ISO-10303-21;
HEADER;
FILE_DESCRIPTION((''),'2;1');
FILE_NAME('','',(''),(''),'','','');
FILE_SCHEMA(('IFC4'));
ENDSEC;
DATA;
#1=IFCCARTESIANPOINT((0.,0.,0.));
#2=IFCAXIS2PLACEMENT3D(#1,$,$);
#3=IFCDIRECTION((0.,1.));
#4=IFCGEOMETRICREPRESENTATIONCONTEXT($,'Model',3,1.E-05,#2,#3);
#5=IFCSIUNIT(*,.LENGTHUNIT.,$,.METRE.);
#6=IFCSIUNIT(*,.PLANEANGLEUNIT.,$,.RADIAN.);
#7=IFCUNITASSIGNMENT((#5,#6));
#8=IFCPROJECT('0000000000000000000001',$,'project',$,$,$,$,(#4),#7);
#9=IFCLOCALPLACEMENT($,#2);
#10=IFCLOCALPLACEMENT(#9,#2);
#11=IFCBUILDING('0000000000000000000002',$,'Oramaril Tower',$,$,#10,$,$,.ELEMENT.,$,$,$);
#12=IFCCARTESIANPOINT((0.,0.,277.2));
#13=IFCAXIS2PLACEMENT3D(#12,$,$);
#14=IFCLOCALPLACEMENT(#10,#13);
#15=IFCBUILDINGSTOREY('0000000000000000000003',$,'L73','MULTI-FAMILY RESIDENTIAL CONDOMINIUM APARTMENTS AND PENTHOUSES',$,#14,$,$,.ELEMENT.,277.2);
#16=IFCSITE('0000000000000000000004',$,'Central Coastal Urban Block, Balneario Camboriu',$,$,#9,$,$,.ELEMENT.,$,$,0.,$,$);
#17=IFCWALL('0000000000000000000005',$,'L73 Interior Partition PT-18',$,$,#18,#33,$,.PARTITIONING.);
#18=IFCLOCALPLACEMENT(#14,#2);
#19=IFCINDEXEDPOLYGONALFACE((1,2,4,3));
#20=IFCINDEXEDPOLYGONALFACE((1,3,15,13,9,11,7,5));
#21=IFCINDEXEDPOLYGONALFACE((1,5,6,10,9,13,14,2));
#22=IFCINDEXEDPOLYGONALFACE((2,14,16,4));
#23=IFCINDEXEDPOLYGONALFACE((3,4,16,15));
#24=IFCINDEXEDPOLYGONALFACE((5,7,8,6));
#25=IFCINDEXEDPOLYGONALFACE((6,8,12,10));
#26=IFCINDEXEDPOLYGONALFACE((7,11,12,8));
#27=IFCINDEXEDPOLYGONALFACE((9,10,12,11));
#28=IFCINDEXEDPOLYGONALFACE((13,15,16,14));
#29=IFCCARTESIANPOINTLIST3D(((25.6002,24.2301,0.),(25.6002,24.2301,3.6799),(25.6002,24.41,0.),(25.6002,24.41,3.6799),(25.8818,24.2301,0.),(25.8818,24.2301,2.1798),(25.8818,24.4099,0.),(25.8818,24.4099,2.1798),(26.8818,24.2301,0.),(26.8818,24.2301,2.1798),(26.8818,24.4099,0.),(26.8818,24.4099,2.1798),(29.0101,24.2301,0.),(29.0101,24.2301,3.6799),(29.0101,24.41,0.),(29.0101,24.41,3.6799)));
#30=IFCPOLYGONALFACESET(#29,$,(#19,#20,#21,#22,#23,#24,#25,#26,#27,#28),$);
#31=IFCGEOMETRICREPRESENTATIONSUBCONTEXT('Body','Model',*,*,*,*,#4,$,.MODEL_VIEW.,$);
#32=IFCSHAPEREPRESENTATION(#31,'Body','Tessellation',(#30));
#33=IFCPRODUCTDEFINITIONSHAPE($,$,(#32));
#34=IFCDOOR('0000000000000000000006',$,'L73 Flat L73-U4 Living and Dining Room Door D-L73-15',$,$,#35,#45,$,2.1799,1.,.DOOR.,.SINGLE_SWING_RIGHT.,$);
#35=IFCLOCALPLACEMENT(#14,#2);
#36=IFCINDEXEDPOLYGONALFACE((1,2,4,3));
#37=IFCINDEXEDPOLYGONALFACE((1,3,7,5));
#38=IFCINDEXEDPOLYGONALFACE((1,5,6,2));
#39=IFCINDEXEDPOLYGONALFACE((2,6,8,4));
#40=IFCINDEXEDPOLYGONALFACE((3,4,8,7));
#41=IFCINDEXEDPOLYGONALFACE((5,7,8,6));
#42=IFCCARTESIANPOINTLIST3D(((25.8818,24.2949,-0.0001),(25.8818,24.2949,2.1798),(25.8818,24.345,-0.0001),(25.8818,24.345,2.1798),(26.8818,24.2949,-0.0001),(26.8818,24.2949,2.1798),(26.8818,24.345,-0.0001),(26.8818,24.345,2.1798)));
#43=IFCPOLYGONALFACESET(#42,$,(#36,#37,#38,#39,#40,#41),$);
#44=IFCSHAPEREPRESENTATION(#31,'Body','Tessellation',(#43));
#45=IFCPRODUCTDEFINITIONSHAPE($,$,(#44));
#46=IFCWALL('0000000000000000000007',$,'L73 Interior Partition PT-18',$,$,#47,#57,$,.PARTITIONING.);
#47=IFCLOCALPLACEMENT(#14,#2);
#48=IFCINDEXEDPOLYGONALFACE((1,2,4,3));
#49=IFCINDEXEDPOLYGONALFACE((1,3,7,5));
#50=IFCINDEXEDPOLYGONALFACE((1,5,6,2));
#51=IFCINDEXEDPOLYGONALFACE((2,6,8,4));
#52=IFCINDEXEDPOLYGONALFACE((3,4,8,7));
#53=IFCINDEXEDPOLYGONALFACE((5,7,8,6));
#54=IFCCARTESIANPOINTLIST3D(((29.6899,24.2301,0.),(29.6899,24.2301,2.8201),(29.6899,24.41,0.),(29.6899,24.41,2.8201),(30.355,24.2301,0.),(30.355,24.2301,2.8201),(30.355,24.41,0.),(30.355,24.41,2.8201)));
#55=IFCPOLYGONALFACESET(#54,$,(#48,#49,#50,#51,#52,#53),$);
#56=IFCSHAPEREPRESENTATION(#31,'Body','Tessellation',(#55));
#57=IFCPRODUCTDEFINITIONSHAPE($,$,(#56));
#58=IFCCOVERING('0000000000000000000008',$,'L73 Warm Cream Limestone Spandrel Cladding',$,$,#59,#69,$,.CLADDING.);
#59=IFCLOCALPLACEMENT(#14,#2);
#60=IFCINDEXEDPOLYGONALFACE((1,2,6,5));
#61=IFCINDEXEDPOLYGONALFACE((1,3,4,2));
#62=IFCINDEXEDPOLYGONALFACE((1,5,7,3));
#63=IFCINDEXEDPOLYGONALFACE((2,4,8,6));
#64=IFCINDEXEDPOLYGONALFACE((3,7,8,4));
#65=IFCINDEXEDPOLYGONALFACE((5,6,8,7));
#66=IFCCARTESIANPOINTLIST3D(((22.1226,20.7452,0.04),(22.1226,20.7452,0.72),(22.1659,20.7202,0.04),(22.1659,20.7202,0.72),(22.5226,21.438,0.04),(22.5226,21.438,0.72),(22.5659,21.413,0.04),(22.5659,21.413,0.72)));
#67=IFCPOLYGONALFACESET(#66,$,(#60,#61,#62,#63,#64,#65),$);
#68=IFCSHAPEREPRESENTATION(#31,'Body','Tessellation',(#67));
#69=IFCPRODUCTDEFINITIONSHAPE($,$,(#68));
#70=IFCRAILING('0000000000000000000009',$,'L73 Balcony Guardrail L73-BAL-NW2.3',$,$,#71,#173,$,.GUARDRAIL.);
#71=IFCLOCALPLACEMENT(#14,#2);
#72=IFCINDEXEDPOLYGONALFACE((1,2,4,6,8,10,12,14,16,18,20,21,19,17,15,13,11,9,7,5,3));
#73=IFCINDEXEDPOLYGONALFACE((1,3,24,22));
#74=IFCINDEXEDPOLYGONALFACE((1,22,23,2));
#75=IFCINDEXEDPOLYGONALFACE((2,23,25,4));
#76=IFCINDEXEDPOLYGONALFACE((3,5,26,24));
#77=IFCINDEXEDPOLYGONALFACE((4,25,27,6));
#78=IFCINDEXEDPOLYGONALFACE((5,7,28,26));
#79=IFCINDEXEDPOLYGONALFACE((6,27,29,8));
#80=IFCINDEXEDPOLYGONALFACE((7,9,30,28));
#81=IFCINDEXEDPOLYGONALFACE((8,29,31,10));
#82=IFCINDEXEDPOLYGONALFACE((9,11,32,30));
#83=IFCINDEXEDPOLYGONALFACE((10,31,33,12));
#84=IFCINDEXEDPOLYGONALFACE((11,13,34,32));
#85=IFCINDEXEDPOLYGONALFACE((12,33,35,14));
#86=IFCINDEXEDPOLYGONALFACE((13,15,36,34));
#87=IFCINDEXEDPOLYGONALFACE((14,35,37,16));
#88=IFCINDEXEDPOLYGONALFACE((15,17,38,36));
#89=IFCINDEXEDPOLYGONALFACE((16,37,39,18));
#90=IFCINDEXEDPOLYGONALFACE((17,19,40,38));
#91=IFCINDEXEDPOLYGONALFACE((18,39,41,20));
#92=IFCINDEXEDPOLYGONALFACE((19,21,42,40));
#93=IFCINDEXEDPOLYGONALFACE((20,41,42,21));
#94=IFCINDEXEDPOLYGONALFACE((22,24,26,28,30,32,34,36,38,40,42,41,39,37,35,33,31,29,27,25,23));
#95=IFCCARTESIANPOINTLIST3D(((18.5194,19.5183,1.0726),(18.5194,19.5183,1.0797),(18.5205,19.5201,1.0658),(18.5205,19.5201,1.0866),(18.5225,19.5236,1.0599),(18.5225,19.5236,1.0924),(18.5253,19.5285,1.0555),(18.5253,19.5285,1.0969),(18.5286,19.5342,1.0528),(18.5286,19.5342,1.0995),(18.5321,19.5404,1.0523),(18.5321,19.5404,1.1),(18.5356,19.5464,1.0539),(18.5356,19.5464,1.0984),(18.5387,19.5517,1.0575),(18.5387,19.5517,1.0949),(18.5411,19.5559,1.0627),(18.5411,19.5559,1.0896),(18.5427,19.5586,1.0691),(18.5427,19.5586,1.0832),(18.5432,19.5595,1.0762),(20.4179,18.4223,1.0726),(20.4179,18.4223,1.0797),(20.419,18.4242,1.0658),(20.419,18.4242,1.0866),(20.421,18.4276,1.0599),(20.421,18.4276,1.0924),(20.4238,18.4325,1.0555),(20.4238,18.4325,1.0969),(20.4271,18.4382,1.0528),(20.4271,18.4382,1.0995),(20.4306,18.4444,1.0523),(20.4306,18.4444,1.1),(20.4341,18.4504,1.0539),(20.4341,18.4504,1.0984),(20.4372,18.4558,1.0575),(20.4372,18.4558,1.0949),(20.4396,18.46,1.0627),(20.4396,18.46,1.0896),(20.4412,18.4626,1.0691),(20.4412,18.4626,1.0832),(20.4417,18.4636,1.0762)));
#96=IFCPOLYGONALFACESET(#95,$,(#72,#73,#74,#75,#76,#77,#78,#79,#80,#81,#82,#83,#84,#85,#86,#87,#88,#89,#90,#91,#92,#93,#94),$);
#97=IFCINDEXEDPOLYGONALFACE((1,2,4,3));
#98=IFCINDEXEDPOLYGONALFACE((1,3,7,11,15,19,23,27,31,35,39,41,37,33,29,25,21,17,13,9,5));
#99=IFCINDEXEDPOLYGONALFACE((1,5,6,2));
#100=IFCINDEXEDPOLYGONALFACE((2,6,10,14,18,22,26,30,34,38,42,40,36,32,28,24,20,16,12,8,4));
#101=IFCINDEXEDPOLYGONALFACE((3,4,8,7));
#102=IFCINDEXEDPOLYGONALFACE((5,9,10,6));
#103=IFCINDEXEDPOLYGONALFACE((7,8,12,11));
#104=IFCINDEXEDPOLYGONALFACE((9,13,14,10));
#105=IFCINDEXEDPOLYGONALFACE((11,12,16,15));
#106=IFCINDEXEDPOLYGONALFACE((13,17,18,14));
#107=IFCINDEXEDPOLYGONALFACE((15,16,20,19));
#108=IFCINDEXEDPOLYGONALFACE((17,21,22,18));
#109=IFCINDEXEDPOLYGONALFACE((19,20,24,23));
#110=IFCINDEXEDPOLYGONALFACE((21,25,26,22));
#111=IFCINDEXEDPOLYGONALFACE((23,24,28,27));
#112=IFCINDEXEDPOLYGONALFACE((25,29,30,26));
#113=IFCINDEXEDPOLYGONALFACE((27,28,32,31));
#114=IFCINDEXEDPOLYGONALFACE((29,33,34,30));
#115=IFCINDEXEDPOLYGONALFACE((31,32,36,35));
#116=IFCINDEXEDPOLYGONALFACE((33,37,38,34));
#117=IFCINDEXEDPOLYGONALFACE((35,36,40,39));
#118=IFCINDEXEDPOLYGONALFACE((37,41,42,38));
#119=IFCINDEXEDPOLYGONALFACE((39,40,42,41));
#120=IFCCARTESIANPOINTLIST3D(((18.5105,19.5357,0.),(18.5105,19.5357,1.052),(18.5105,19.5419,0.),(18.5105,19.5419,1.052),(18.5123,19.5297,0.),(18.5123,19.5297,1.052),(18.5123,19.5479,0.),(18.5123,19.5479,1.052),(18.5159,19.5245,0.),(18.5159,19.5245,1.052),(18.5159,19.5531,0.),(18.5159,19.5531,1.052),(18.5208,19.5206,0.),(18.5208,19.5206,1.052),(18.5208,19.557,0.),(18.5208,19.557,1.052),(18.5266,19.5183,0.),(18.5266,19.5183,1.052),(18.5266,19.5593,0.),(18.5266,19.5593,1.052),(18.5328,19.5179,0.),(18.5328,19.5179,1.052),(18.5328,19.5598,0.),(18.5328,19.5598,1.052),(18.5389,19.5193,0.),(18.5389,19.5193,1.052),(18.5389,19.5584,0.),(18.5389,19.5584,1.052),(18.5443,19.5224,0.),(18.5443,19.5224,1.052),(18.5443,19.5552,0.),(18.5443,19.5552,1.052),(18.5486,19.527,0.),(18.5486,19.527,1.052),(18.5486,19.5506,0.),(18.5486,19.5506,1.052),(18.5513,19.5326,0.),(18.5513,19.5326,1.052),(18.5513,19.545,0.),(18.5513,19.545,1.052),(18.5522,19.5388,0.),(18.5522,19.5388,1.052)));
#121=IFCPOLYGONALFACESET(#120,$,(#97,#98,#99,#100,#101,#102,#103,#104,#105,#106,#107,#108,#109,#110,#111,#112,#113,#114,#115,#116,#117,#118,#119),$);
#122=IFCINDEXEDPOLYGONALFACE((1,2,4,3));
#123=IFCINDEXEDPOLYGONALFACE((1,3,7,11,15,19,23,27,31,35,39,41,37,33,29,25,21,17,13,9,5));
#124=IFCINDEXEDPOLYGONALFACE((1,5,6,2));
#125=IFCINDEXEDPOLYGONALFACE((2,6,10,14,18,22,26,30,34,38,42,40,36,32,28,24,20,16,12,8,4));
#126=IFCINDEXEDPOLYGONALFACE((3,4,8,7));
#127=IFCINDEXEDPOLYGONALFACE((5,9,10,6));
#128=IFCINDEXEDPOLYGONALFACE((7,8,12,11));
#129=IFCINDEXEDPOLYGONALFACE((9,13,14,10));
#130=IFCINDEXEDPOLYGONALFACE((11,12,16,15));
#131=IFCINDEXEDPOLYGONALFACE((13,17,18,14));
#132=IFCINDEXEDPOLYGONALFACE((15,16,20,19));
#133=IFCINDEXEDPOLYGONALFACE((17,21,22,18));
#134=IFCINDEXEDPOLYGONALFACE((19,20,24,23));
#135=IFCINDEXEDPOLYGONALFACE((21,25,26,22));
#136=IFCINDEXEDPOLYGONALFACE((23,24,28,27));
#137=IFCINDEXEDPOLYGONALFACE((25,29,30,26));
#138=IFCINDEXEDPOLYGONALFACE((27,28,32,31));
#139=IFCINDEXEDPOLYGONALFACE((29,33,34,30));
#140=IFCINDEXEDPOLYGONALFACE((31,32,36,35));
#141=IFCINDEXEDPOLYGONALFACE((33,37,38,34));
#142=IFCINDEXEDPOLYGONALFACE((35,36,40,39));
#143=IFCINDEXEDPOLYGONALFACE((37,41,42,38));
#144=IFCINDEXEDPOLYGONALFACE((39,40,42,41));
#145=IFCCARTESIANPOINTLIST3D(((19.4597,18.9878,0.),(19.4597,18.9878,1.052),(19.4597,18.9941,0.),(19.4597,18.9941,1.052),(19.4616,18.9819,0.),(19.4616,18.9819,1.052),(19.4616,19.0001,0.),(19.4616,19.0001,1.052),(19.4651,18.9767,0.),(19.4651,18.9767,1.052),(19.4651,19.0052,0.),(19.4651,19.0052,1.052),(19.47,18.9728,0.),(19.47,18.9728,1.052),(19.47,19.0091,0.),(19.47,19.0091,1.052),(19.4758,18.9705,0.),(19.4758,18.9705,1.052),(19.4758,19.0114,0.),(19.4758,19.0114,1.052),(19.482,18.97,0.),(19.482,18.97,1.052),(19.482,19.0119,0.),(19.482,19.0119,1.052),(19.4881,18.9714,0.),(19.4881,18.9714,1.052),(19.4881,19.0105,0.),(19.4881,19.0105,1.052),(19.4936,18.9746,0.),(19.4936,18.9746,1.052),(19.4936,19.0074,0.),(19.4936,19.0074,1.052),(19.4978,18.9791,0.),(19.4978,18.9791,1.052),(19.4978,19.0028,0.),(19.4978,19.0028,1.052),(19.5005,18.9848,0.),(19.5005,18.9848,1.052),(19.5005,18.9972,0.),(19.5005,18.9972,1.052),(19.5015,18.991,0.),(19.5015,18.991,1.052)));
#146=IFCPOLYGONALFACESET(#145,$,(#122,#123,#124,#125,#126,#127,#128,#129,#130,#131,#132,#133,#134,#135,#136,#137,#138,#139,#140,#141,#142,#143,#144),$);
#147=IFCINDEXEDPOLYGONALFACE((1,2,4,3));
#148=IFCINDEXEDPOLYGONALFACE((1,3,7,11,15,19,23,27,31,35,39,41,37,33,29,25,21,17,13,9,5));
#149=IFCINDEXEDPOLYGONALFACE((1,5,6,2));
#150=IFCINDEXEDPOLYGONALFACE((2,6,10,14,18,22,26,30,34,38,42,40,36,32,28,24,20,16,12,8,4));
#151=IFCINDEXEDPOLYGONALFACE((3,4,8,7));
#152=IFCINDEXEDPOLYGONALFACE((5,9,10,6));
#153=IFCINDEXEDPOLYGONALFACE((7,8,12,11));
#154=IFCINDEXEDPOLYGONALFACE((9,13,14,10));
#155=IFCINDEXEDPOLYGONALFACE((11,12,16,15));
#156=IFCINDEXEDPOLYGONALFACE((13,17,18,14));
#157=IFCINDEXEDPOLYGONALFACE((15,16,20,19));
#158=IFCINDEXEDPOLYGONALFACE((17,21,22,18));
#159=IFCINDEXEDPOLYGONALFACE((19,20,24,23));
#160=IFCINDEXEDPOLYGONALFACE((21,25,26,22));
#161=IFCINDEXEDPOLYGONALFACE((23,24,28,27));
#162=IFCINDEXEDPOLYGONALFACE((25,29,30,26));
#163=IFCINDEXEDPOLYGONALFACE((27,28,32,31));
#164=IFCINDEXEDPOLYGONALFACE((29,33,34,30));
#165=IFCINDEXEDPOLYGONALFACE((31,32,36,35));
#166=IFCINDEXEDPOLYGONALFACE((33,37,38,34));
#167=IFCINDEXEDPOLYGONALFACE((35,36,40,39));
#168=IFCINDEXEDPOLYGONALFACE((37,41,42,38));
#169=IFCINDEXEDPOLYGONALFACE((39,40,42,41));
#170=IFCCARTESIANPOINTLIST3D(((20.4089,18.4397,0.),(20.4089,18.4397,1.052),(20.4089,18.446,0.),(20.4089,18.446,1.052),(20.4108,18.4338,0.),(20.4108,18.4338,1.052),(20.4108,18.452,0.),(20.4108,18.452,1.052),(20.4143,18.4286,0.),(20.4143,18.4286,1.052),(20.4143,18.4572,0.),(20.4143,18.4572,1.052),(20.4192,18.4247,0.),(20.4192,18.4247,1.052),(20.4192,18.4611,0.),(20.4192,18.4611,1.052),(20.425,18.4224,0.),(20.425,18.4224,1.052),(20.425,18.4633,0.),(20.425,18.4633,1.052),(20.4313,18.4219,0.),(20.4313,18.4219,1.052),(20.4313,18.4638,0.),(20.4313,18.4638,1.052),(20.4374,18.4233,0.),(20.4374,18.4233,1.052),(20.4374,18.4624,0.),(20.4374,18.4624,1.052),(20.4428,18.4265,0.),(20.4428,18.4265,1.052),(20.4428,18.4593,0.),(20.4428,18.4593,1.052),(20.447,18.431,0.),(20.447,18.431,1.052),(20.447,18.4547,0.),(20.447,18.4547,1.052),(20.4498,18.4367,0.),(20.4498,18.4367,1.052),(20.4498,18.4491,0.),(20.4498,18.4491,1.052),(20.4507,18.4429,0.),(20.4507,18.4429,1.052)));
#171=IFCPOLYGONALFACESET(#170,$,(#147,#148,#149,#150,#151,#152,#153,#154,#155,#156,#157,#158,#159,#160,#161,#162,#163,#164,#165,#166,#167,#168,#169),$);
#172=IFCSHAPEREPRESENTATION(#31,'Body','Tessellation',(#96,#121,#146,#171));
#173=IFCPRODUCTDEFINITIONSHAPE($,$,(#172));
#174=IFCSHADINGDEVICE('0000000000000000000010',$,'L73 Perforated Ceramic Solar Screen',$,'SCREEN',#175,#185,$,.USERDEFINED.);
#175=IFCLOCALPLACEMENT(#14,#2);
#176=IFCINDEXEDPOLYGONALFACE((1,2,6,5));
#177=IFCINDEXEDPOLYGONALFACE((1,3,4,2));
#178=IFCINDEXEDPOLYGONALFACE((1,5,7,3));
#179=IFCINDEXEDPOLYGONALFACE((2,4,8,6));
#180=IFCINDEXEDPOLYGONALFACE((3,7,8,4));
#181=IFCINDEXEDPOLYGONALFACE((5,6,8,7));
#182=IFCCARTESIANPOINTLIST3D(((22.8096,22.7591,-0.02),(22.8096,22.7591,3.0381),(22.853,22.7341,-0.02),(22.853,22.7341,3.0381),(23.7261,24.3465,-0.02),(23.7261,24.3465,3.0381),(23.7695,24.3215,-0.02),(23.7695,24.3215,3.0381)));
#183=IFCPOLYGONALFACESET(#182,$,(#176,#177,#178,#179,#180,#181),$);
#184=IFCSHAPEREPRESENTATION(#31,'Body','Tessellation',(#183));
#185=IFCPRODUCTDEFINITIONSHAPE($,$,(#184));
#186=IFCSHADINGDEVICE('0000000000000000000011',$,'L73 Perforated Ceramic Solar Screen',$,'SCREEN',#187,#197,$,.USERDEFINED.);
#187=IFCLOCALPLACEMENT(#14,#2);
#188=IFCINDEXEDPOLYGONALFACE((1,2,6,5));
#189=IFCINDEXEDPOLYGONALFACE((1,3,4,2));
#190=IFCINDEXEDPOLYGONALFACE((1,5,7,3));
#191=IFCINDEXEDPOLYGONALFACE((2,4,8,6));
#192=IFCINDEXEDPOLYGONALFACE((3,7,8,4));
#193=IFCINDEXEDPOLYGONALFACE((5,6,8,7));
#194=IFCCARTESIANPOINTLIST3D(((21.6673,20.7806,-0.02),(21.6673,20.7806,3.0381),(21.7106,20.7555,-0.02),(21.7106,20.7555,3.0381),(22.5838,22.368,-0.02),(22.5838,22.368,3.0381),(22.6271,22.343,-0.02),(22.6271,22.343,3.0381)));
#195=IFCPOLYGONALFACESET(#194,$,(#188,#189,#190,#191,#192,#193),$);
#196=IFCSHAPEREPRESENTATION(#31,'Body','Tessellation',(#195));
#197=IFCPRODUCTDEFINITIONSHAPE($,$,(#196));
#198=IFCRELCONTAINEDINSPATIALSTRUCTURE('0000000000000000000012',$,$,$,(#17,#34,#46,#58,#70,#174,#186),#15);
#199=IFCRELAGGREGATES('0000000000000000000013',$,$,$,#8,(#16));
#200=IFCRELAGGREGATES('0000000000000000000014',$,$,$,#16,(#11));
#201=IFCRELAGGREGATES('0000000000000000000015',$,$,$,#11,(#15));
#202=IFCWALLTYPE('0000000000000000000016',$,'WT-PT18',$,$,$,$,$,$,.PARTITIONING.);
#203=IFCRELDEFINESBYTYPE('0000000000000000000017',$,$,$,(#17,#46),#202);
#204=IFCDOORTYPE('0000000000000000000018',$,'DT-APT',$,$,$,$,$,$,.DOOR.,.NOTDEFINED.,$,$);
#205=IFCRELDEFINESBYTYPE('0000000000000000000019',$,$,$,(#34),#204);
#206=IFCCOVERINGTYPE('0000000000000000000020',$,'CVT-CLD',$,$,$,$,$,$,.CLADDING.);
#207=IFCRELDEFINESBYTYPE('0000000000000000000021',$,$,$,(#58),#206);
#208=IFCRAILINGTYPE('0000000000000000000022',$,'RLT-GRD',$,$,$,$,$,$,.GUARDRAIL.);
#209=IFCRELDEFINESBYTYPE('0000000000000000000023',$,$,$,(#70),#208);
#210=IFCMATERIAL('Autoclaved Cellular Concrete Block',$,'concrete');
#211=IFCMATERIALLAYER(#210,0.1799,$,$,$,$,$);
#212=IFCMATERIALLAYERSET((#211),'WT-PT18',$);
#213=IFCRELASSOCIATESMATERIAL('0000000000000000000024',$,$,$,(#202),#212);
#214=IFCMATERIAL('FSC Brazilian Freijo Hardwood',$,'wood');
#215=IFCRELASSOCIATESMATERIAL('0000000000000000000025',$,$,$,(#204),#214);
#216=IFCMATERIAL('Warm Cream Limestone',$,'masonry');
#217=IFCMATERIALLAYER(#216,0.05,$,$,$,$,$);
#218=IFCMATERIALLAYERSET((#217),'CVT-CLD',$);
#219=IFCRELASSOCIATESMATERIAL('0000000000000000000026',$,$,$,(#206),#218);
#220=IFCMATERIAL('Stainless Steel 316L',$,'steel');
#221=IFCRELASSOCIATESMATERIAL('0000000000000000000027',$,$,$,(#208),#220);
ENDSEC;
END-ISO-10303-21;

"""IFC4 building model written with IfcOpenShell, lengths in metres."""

from ifc_helpers import new_model, si_unit, direction, frame, frame_2d, origin, origin_2d, place, context, subcontext, project, spatial, rectangle, circle, extrude, material, layer, layer_set, type_object, element, fill, save


model = new_model("IFC4")

# Units and contexts
model_context = context("Model", 3, precision=1e-05, world=origin(), true_north=direction((0.0, 1.0)))
body_context = subcontext(model_context, "Body", "Model", "MODEL_VIEW")
ifc_project = project(units=[si_unit("LENGTHUNIT", "METRE"), si_unit("PLANEANGLEUNIT", "RADIAN")], contexts=[model_context])

# Site, building, storey
site_placement = place(None, origin())
site = spatial("IfcSite", under=ifc_project, at=site_placement, Name="Central Coastal Urban Block, Balneario Camboriu", CompositionType="ELEMENT", RefElevation=0.0)
building_placement = place(site_placement, origin())
building = spatial("IfcBuilding", under=site, at=building_placement, Name="Oramaril Tower", CompositionType="ELEMENT")
storey_placement = place(building_placement, frame((0.0, 0.0, 277.2)))
storey = spatial("IfcBuildingStorey", under=building, at=storey_placement, Name="L73", Description="MULTI-FAMILY RESIDENTIAL CONDOMINIUM APARTMENTS AND PENTHOUSES", CompositionType="ELEMENT", Elevation=277.2)

# Wall, opening, door
ifc_material_1 = material(Name="Autoclaved Cellular Concrete Block", Category="concrete")
ifc_layer_1 = layer(ifc_material_1, 0.1799)
ifc_layer_set_1 = layer_set([ifc_layer_1], Name="WT-PT18")
wall_type_1 = type_object("IfcWallType", Name="WT-PT18", PredefinedType="PARTITIONING", material=ifc_layer_set_1)
wall_1_placement = place(storey_placement, frame((25.6001, 24.3201, 0.0), z_axis=(0.0, 0.0, 1.0), x_axis=(1.0, 0.0, 0.0)))
wall_1 = element("IfcWall", 1, at=wall_1_placement, inside=storey, type_object=wall_type_1, Name="L73 Interior Partition PT-18", PredefinedType="PARTITIONING", context=body_context, shape_type="SweptSolid", body=[
    extrude(rectangle(XDim=3.4099, YDim=0.1799, at=frame_2d((1.7051, 0.0))), origin(), (0.0, 0.0, 1.0), 3.6799),
])
opening_1_placement = place(wall_1_placement, frame((0.2817, 0.0, 0.0)))
opening_1 = element("IfcOpeningElement", 2, at=opening_1_placement, cuts=wall_1, PredefinedType="OPENING", context=body_context, shape_type="SweptSolid", body=[
    extrude(rectangle(XDim=1.0, YDim=2.1799, at=frame_2d((0.5, 1.0898))), frame((0.0, 0.0898, 0.0), z_axis=(0.0, -1.0, 0.0), x_axis=(1.0, 0.0, 0.0)), (0.0, 0.0, 1.0), 0.1799),
])
ifc_material_2 = material(Name="FSC Brazilian Freijo Hardwood", Category="wood")
door_type_1 = type_object("IfcDoorType", Name="DT-APT", OperationType="NOTDEFINED", PredefinedType="DOOR", material=ifc_material_2)
door_1_placement = place(opening_1_placement, origin())
door_1 = element("IfcDoor", 3, at=door_1_placement, inside=storey, type_object=door_type_1, Name="L73 Flat L73-U4 Living and Dining Room Door D-L73-15", OperationType="SINGLE_SWING_RIGHT", OverallHeight=2.1799, OverallWidth=1.0, PredefinedType="DOOR", context=body_context, shape_type="SweptSolid", body=[
    extrude(rectangle(XDim=1.0, YDim=2.1799, at=frame_2d((0.5, 1.0898))), frame((0.0, 0.0249, 0.0), z_axis=(0.0, -1.0, 0.0), x_axis=(1.0, 0.0, 0.0)), (0.0, 0.0, 1.0), 0.05),
])
fill(opening_1, door_1)

# Wall
wall_2_placement = place(storey_placement, frame((29.6899, 24.3201, 0.0), z_axis=(0.0, 0.0, 1.0), x_axis=(1.0, 0.0, 0.0)))
element("IfcWall", 4, at=wall_2_placement, inside=storey, type_object=wall_type_1, Name="L73 Interior Partition PT-18", PredefinedType="PARTITIONING", context=body_context, shape_type="SweptSolid", body=[
    extrude(rectangle(XDim=0.665, YDim=0.1799, at=frame_2d((0.3325, 0.0))), origin(), (0.0, 0.0, 1.0), 2.8201),
])

# Covering
ifc_material_3 = material(Name="Warm Cream Limestone", Category="masonry")
ifc_layer_2 = layer(ifc_material_3, 0.05)
ifc_layer_set_2 = layer_set([ifc_layer_2], Name="CVT-CLD")
covering_type = type_object("IfcCoveringType", Name="CVT-CLD", PredefinedType="CLADDING", material=ifc_layer_set_2)
covering_placement = place(storey_placement, frame((22.3442, 21.0791, 0.04), z_axis=(0.0, 0.0, 1.0), x_axis=(-0.499998, -0.866026, 0.0)))
element("IfcCovering", 5, at=covering_placement, inside=storey, type_object=covering_type, Name="L73 Warm Cream Limestone Spandrel Cladding", PredefinedType="CLADDING", context=body_context, shape_type="SweptSolid", body=[
    extrude(rectangle(XDim=0.8, YDim=0.05, at=origin_2d()), origin(), (0.0, 0.0, 1.0), 0.6799),
])

# Railing
ifc_material_4 = material(Name="Stainless Steel 316L", Category="steel")
railing_type = type_object("IfcRailingType", Name="RLT-GRD", PredefinedType="GUARDRAIL", material=ifc_material_4)
railing_placement = place(storey_placement, frame((18.5312, 19.5388, 0.0)))
element("IfcRailing", 6, at=railing_placement, inside=storey, type_object=railing_type, Name="L73 Balcony Guardrail L73-BAL-NW2.3", PredefinedType="GUARDRAIL", context=body_context, shape_type="SweptSolid", body=[
    extrude(circle(Radius=0.0239, at=origin_2d()), frame((0.0, 0.0, 1.0762), z_axis=(0.866048, -0.49996, 0.0), x_axis=(0.49996, 0.866048, 0.0)), (0.0, 0.0, 1.0), 2.1921),
    extrude(circle(Radius=0.021, at=origin_2d()), origin(), (0.0, 0.0, 1.0), 1.052),
    extrude(circle(Radius=0.021, at=origin_2d()), frame((0.9492, -0.5479, 0.0)), (0.0, 0.0, 1.0), 1.052),
    extrude(circle(Radius=0.021, at=origin_2d()), frame((1.8984, -1.0959, 0.0)), (0.0, 0.0, 1.0), 1.052),
])

# Shading devices
for number, where, z_axis, x_axis, name in (
    (7, (23.2896, 23.5403, -0.02), (0.0, 0.0, 1.0), (-0.499998, -0.866026, 0.0), "L73 Perforated Ceramic Solar Screen"),
    (8, (22.1472, 21.5618, -0.02), (0.0, 0.0, 1.0), (-0.499998, -0.866026, 0.0), "L73 Perforated Ceramic Solar Screen"),
):
    element("IfcShadingDevice", number, at=place(storey_placement, frame(where, z_axis=z_axis, x_axis=x_axis)), inside=storey, Name=name, ObjectType="SCREEN", PredefinedType="USERDEFINED", context=body_context, shape_type="SweptSolid", body=[
        extrude(rectangle(XDim=1.833, YDim=0.05, at=origin_2d()), origin(), (0.0, 0.0, 1.0), 3.0581),
    ])

save(model, "model.ifc")
